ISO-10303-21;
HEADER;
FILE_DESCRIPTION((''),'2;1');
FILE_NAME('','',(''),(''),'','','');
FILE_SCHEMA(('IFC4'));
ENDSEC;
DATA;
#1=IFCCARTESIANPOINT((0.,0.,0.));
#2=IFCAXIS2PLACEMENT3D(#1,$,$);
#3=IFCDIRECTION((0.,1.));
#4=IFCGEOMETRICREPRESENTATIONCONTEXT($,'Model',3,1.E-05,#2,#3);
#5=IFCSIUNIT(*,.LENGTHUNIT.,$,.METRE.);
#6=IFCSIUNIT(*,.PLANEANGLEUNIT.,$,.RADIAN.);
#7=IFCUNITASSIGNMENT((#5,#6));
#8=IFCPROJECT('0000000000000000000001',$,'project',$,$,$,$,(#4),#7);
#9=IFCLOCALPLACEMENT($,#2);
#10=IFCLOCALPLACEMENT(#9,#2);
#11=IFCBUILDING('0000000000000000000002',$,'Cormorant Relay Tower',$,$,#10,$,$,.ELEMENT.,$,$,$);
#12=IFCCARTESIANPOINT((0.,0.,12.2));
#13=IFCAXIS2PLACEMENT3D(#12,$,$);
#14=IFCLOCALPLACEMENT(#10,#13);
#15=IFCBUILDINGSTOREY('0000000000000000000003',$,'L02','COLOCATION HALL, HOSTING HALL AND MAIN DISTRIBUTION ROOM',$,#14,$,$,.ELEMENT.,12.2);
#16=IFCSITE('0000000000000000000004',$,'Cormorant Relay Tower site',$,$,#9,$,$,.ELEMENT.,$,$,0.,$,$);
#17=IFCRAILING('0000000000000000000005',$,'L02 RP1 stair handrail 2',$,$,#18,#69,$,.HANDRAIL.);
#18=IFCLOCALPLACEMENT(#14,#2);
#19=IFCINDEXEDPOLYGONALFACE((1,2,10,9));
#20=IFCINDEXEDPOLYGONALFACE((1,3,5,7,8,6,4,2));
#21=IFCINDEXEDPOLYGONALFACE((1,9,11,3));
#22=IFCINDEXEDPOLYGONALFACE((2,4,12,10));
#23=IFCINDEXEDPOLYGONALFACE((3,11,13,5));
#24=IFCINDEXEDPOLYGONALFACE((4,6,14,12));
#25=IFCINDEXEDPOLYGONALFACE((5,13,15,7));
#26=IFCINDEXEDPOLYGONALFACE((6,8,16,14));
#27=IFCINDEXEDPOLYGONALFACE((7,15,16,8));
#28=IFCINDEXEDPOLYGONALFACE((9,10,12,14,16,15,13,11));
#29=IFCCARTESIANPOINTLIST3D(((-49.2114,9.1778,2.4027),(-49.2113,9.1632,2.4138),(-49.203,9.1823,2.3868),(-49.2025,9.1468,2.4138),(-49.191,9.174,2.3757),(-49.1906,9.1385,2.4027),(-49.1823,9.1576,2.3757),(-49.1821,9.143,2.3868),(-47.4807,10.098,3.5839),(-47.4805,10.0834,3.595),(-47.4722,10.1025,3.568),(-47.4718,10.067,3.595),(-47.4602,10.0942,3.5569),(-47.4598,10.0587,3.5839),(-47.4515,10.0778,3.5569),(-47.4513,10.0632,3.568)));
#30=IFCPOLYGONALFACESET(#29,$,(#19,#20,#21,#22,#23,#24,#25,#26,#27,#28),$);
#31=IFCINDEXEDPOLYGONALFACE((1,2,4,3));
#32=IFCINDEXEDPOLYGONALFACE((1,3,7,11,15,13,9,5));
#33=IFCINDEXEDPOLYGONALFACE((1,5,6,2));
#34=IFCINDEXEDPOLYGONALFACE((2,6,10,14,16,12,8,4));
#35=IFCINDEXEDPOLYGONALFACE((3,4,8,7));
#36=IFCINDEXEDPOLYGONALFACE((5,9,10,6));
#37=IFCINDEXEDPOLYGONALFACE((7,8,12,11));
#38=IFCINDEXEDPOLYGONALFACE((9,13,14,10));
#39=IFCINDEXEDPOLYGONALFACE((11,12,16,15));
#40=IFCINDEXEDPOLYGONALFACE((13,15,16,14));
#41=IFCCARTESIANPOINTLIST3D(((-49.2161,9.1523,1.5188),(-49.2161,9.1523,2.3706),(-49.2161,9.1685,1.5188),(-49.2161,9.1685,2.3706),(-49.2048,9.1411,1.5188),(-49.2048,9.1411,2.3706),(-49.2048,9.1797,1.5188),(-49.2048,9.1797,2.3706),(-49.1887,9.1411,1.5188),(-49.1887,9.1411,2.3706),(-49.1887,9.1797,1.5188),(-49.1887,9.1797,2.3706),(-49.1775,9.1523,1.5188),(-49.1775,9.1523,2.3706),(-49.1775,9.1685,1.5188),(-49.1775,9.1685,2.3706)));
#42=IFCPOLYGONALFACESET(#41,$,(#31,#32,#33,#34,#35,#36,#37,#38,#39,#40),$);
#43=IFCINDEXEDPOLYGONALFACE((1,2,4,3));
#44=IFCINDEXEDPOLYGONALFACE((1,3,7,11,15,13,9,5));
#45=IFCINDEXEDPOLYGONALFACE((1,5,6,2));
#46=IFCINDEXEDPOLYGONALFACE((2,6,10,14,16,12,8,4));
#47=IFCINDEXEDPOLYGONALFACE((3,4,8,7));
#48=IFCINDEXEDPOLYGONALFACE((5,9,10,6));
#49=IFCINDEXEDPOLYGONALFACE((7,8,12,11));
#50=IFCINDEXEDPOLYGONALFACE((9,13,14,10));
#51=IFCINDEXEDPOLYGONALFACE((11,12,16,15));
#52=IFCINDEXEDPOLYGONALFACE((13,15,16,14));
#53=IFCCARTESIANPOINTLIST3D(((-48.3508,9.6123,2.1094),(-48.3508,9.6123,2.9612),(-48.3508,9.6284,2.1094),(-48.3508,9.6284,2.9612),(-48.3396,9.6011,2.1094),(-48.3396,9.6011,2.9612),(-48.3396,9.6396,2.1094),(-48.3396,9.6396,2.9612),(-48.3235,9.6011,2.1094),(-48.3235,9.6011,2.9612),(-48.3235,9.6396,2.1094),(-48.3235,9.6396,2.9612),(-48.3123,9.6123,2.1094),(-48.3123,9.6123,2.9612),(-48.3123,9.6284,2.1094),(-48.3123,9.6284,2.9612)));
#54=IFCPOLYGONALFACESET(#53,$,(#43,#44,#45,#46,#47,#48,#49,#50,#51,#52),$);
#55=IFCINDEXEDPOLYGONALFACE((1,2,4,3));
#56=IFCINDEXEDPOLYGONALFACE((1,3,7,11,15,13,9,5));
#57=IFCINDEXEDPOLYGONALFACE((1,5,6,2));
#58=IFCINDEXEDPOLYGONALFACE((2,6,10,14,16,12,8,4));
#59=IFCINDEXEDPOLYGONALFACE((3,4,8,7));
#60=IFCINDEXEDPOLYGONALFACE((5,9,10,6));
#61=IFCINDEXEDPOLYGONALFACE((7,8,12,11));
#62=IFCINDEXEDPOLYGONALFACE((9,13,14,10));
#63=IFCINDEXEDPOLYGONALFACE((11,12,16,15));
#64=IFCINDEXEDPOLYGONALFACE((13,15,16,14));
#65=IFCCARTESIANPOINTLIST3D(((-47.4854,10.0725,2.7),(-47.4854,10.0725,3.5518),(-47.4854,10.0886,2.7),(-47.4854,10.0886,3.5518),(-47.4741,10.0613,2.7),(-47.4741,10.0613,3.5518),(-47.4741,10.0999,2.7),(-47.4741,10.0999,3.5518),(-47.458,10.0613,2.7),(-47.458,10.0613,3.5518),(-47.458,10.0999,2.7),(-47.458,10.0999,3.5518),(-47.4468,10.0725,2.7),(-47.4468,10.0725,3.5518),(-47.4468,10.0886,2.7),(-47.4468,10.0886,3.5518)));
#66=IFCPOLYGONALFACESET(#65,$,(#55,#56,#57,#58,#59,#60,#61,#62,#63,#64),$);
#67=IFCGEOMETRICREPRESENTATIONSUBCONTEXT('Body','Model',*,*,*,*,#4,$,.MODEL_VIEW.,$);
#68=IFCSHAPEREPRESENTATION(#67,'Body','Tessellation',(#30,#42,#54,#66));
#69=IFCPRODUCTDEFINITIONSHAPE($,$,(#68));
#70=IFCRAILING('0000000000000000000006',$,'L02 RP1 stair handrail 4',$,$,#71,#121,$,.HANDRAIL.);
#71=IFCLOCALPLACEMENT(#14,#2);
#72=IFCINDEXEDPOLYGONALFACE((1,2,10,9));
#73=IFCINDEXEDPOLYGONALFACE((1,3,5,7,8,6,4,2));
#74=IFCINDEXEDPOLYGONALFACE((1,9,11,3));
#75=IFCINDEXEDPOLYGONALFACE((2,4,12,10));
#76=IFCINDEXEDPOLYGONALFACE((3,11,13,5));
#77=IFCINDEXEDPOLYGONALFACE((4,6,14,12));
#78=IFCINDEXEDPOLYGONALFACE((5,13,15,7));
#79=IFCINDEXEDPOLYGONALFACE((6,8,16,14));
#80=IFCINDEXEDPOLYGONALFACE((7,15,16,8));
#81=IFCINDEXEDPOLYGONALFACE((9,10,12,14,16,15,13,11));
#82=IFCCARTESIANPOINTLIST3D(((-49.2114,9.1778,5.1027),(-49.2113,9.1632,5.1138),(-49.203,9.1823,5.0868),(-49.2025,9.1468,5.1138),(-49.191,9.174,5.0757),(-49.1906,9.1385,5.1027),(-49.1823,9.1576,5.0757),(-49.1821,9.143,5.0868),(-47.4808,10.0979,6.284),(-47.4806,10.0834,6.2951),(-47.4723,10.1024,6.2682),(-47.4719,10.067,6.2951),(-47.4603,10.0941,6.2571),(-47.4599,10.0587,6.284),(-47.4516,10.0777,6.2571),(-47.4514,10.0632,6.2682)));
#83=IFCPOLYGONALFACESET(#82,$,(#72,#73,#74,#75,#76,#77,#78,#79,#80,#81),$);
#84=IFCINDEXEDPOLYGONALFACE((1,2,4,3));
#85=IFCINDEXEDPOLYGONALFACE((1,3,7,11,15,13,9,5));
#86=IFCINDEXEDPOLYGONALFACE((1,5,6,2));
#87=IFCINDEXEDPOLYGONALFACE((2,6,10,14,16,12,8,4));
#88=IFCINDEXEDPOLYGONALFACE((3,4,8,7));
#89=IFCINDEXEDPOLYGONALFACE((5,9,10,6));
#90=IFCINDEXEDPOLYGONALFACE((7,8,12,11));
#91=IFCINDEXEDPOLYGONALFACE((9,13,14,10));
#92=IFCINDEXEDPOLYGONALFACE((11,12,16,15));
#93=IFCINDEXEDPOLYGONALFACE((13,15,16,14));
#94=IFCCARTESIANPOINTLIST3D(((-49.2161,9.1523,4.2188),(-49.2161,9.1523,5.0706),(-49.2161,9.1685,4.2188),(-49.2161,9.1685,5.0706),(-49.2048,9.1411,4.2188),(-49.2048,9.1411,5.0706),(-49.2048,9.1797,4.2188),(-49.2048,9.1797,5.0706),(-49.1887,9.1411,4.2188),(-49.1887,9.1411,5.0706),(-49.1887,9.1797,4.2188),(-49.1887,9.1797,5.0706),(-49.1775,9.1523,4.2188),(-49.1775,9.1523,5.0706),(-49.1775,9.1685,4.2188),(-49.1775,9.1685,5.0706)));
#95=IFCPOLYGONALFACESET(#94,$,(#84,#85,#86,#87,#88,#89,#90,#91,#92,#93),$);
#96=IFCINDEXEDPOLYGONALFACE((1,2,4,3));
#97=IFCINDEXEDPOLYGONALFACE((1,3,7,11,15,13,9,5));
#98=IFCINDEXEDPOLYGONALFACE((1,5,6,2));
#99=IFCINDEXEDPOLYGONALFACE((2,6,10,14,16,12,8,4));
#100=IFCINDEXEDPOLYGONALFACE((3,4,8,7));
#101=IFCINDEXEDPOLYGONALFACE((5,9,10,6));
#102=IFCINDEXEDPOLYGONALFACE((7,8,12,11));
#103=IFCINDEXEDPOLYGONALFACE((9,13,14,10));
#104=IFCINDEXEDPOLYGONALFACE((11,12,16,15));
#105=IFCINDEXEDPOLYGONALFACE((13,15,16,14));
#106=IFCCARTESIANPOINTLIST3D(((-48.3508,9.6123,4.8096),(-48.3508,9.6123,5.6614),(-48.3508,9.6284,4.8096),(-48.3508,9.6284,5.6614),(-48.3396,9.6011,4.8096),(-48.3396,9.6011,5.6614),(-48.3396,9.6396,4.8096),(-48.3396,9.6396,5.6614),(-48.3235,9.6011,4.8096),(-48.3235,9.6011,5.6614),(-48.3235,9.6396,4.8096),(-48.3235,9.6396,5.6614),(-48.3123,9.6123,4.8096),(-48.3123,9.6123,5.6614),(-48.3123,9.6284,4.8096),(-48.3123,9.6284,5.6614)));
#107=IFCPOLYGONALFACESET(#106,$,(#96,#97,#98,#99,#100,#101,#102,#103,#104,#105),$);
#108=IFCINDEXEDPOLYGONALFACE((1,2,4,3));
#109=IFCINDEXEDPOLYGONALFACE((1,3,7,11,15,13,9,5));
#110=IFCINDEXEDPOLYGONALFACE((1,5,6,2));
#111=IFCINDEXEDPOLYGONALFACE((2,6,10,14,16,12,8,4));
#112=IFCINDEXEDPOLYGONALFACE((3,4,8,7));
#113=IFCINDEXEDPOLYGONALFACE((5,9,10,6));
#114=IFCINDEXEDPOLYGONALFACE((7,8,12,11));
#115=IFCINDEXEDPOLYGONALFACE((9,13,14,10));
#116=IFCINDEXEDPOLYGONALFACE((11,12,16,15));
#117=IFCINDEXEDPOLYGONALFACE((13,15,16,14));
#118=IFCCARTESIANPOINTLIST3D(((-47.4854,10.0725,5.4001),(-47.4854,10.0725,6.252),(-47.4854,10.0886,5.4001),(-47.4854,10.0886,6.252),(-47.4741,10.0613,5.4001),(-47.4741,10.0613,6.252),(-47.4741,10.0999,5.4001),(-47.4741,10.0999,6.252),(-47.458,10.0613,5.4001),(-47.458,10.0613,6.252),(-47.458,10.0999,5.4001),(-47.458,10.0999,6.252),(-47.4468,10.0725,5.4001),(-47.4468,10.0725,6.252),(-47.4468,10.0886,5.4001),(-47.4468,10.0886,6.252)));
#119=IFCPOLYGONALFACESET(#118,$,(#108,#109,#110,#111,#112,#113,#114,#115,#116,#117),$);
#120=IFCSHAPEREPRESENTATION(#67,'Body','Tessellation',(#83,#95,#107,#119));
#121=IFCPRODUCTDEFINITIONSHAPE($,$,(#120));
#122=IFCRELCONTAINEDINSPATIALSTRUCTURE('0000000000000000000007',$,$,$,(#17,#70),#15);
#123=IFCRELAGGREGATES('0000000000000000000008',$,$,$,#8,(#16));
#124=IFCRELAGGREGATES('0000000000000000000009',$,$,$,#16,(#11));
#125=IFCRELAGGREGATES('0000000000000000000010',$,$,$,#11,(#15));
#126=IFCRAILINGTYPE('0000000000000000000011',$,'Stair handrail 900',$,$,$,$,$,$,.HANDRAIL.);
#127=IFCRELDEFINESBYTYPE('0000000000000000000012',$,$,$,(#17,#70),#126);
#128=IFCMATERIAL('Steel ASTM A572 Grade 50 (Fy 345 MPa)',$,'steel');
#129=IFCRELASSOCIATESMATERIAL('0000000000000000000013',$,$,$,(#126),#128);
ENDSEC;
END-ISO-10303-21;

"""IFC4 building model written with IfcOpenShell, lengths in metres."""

from ifc_helpers import new_model, si_unit, direction, frame, origin, place, context, subcontext, project, spatial, polyline, outline, extrude, material, type_object, element, save


model = new_model("IFC4")

# Units and contexts
model_context = context("Model", 3, precision=1e-05, world=origin(), true_north=direction((0.0, 1.0)))
body_context = subcontext(model_context, "Body", "Model", "MODEL_VIEW")
ifc_project = project(units=[si_unit("LENGTHUNIT", "METRE"), si_unit("PLANEANGLEUNIT", "RADIAN")], contexts=[model_context])

# Site, building, storey
site_placement = place(None, origin())
site = spatial("IfcSite", under=ifc_project, at=site_placement, Name="Cormorant Relay Tower site", CompositionType="ELEMENT", RefElevation=0.0)
building_placement = place(site_placement, origin())
building = spatial("IfcBuilding", under=site, at=building_placement, Name="Cormorant Relay Tower", CompositionType="ELEMENT")
storey_placement = place(building_placement, frame((0.0, 0.0, 12.2)))
storey = spatial("IfcBuildingStorey", under=building, at=storey_placement, Name="L02", Description="COLOCATION HALL, HOSTING HALL AND MAIN DISTRIBUTION ROOM", CompositionType="ELEMENT", Elevation=12.2)

# Railings
ifc_material_1 = material(Name="Steel ASTM A572 Grade 50 (Fy 345 MPa)", Category="steel")
railing_type_1 = type_object("IfcRailingType", Name="Stair handrail 900", PredefinedType="HANDRAIL", material=ifc_material_1)
railing_1_placement = place(storey_placement, frame((-49.1968, 9.1604, 1.5188)))
element("IfcRailing", 1, at=railing_1_placement, inside=storey, type_object=railing_type_1, Name="L02 RP1 stair handrail 2", PredefinedType="HANDRAIL", context=body_context, shape_type="SweptSolid", body=[
    extrude(outline(polyline([(0.0222, 0.0093), (0.0093, 0.0222), (-0.0093, 0.0222), (-0.0222, 0.0093), (-0.0222, -0.0093), (-0.0093, -0.0222), (0.0093, -0.0222), (0.0222, -0.0093), (0.0222, 0.0093)])), frame((0.0, 0.0, 0.876), z_axis=(0.756268, 0.402084, 0.516127), x_axis=(-0.469444, 0.882962, 0.0)), (0.0, 0.0, 1.0), 2.2886),
    extrude(outline(polyline([(0.0193, 0.0081), (0.0081, 0.0193), (-0.0081, 0.0193), (-0.0193, 0.0081), (-0.0193, -0.0081), (-0.0081, -0.0193), (0.0081, -0.0193), (0.0193, -0.0081), (0.0193, 0.0081)])), origin(), (0.0, 0.0, 1.0), 0.8518),
    extrude(outline(polyline([(0.0193, 0.0081), (0.0081, 0.0193), (-0.0081, 0.0193), (-0.0193, 0.0081), (-0.0193, -0.0081), (-0.0081, -0.0193), (0.0081, -0.0193), (0.0193, -0.0081), (0.0193, 0.0081)])), frame((0.8652, 0.46, 0.5906)), (0.0, 0.0, 1.0), 0.8518),
    extrude(outline(polyline([(0.0193, 0.0081), (0.0081, 0.0193), (-0.0081, 0.0193), (-0.0193, 0.0081), (-0.0193, -0.0081), (-0.0081, -0.0193), (0.0081, -0.0193), (0.0193, -0.0081), (0.0193, 0.0081)])), frame((1.7307, 0.9202, 1.1812)), (0.0, 0.0, 1.0), 0.8518),
])
railing_2_placement = place(storey_placement, frame((-49.1968, 9.1604, 4.2188)))
element("IfcRailing", 2, at=railing_2_placement, inside=storey, type_object=railing_type_1, Name="L02 RP1 stair handrail 4", PredefinedType="HANDRAIL", context=body_context, shape_type="SweptSolid", body=[
    extrude(outline(polyline([(0.0222, 0.0093), (0.0093, 0.0222), (-0.0093, 0.0222), (-0.0222, 0.0093), (-0.0222, -0.0093), (-0.0093, -0.0222), (0.0093, -0.0222), (0.0222, -0.0093), (0.0222, 0.0093)])), frame((0.0, 0.0, 0.876), z_axis=(0.756226, 0.402062, 0.516205), x_axis=(-0.469444, 0.882962, 0.0)), (0.0, 0.0, 1.0), 2.2886),
    extrude(outline(polyline([(0.0193, 0.0081), (0.0081, 0.0193), (-0.0081, 0.0193), (-0.0193, 0.0081), (-0.0193, -0.0081), (-0.0081, -0.0193), (0.0081, -0.0193), (0.0193, -0.0081), (0.0193, 0.0081)])), origin(), (0.0, 0.0, 1.0), 0.8518),
    extrude(outline(polyline([(0.0193, 0.0081), (0.0081, 0.0193), (-0.0081, 0.0193), (-0.0193, 0.0081), (-0.0193, -0.0081), (-0.0081, -0.0193), (0.0081, -0.0193), (0.0193, -0.0081), (0.0193, 0.0081)])), frame((0.8652, 0.46, 0.5908)), (0.0, 0.0, 1.0), 0.8518),
    extrude(outline(polyline([(0.0193, 0.0081), (0.0081, 0.0193), (-0.0081, 0.0193), (-0.0193, 0.0081), (-0.0193, -0.0081), (-0.0081, -0.0193), (0.0081, -0.0193), (0.0193, -0.0081), (0.0193, 0.0081)])), frame((1.7307, 0.9202, 1.1814)), (0.0, 0.0, 1.0), 0.8518),
])

save(model, "model.ifc")
